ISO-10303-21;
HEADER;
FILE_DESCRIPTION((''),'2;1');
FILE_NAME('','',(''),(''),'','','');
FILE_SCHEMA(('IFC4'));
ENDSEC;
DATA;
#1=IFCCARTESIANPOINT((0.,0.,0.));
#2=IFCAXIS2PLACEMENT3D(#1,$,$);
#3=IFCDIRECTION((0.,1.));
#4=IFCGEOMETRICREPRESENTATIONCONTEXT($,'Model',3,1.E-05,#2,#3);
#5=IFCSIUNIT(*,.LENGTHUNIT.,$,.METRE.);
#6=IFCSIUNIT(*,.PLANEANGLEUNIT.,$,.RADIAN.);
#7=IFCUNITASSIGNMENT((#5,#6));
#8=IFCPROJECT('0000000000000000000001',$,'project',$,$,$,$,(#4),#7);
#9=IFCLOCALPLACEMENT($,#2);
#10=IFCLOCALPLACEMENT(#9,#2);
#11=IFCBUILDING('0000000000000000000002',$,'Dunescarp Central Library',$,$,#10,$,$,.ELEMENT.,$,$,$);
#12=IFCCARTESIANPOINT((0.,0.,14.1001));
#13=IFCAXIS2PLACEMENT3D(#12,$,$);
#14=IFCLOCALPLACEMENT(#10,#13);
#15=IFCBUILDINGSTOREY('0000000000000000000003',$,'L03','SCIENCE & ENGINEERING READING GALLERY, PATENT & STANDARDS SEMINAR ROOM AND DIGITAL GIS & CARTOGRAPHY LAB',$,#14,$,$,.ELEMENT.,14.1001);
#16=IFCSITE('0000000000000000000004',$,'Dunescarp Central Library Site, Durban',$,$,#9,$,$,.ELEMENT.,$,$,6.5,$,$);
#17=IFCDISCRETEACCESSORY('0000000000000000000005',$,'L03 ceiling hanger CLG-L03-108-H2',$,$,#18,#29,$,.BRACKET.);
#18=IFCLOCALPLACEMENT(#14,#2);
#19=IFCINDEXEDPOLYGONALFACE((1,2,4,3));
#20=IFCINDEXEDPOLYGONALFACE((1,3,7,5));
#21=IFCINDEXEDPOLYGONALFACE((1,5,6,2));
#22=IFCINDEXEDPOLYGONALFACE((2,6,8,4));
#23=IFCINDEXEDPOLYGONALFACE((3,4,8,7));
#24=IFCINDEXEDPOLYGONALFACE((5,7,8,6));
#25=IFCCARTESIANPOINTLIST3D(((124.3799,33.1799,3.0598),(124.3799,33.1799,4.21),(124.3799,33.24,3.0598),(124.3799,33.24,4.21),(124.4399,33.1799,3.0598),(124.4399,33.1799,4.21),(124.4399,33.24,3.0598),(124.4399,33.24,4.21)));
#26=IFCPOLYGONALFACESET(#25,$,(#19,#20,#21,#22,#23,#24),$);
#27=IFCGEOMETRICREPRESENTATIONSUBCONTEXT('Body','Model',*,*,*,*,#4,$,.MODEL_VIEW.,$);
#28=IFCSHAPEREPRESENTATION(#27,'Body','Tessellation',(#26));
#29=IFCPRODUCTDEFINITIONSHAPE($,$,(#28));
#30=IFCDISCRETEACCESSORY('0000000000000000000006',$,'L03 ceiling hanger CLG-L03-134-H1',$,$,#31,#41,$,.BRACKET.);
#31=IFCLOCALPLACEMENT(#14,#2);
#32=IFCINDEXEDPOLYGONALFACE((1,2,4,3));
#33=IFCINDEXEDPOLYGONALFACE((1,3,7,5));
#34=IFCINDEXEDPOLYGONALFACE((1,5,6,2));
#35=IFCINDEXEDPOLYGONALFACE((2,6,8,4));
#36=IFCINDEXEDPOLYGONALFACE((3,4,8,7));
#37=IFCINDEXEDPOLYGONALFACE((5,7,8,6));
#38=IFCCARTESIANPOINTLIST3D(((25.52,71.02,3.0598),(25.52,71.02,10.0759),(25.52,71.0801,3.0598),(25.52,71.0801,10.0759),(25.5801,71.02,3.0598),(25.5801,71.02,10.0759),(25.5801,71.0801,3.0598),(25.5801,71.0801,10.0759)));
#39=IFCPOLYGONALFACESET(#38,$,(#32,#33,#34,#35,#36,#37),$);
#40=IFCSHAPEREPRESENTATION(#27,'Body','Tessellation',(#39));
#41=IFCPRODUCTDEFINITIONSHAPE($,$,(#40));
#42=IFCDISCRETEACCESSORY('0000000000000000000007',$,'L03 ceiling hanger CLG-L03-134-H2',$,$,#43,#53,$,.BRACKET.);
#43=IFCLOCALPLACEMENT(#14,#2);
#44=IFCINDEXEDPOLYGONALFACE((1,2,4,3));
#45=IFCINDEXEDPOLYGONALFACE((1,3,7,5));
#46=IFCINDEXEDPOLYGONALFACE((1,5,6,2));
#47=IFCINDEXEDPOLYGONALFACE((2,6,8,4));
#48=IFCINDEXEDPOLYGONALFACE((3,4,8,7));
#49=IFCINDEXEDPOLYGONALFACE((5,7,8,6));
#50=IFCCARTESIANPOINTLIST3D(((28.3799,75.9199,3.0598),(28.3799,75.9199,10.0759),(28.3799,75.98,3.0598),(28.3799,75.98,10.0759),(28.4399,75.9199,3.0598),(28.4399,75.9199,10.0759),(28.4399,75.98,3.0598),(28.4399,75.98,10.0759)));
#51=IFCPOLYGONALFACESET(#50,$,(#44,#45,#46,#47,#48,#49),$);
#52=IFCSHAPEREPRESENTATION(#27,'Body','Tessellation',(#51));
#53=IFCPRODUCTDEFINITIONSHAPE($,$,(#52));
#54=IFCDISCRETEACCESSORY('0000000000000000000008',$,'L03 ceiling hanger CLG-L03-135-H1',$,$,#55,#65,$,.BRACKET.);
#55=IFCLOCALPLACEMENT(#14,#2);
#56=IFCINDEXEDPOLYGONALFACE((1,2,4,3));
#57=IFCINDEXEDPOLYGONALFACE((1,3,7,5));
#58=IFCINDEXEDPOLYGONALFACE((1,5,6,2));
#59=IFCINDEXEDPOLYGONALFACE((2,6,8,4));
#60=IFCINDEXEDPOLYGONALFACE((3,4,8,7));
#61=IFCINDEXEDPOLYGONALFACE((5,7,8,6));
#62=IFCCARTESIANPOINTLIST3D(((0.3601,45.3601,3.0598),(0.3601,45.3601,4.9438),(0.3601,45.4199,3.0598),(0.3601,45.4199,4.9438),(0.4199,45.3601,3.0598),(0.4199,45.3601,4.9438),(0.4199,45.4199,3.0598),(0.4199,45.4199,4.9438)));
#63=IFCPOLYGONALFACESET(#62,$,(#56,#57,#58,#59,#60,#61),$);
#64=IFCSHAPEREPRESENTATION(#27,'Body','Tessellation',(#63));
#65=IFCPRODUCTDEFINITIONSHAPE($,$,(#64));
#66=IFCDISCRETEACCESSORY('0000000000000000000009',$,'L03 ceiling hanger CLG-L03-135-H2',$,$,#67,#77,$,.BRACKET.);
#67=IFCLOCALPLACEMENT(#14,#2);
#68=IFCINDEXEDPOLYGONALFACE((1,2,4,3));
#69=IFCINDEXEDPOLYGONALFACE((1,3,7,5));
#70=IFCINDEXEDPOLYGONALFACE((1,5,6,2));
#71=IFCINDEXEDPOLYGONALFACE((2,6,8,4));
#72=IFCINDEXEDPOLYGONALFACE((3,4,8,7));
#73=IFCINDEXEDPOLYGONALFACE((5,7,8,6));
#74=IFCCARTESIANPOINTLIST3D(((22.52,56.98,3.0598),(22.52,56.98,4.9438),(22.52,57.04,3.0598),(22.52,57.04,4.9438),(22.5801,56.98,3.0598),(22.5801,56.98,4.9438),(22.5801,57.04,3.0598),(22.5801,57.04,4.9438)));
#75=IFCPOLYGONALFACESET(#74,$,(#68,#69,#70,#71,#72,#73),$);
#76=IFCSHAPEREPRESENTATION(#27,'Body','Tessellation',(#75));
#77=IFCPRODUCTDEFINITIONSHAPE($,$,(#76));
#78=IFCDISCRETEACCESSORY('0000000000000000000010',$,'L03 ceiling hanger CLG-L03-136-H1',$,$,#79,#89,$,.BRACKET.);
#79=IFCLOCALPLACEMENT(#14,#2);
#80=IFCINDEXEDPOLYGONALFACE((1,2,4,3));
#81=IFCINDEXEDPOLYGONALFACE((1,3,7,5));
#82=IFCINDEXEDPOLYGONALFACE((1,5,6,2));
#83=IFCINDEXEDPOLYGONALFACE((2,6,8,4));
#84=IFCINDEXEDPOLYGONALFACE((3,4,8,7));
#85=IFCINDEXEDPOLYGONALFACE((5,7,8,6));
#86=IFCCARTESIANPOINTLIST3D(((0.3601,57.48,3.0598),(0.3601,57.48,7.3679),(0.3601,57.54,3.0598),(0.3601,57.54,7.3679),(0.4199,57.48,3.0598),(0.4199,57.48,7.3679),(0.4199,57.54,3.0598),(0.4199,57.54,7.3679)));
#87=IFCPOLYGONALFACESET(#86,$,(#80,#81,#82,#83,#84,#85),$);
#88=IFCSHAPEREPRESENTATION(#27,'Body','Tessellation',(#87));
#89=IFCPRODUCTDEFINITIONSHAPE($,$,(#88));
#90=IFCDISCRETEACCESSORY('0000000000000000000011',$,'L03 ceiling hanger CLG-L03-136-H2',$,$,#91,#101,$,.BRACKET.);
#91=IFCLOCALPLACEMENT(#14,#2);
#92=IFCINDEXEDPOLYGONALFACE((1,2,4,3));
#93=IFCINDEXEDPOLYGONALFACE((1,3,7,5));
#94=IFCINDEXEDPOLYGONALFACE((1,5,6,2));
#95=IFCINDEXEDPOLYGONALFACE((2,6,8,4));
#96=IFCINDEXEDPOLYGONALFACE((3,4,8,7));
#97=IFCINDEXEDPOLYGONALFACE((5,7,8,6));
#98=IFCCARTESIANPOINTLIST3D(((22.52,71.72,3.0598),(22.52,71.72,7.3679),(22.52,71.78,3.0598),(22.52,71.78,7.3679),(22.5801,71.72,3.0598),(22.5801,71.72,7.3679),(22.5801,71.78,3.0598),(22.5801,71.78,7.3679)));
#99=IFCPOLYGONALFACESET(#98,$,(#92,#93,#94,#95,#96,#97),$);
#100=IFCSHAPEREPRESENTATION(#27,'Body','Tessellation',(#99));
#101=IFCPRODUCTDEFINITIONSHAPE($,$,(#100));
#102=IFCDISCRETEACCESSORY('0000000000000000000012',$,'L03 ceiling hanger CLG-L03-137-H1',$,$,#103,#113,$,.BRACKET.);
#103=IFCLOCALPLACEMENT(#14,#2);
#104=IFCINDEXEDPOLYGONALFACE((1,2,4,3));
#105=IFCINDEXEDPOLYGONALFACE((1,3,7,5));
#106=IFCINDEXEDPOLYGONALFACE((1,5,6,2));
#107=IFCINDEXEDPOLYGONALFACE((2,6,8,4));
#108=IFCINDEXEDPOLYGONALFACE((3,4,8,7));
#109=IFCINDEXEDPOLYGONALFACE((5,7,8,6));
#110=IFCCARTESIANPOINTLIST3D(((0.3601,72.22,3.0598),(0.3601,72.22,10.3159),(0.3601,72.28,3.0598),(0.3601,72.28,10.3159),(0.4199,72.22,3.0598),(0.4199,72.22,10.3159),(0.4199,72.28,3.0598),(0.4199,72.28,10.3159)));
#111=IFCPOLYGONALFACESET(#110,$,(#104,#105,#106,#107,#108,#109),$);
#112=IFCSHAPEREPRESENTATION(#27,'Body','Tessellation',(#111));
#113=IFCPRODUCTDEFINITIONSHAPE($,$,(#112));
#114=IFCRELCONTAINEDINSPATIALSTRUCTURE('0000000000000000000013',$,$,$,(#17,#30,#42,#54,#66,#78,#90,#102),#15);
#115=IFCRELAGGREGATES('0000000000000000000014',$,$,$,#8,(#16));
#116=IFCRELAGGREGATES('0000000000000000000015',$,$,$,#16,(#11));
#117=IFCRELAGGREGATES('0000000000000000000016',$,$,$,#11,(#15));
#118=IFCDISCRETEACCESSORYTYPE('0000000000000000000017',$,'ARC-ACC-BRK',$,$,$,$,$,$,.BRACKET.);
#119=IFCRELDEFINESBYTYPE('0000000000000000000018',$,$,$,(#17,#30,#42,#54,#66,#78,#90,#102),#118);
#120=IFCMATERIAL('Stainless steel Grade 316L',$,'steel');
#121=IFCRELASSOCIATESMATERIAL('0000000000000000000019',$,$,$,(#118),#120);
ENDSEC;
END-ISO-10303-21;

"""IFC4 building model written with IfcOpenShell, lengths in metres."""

from ifc_helpers import new_model, si_unit, direction, frame, origin, place, context, subcontext, project, spatial, polyline, outline, extrude, material, type_object, element, save


model = new_model("IFC4")

# Units and contexts
model_context = context("Model", 3, precision=1e-05, world=origin(), true_north=direction((0.0, 1.0)))
body_context = subcontext(model_context, "Body", "Model", "MODEL_VIEW")
ifc_project = project(units=[si_unit("LENGTHUNIT", "METRE"), si_unit("PLANEANGLEUNIT", "RADIAN")], contexts=[model_context])

# Site, building, storey
site_placement = place(None, origin())
site = spatial("IfcSite", under=ifc_project, at=site_placement, Name="Dunescarp Central Library Site, Durban", CompositionType="ELEMENT", RefElevation=6.5)
building_placement = place(site_placement, origin())
building = spatial("IfcBuilding", under=site, at=building_placement, Name="Dunescarp Central Library", CompositionType="ELEMENT")
storey_placement = place(building_placement, frame((0.0, 0.0, 14.1001)))
storey = spatial("IfcBuildingStorey", under=building, at=storey_placement, Name="L03", Description="SCIENCE & ENGINEERING READING GALLERY, PATENT & STANDARDS SEMINAR ROOM AND DIGITAL GIS & CARTOGRAPHY LAB", CompositionType="ELEMENT", Elevation=14.1001)

# Discrete accessories
ifc_material = material(Name="Stainless steel Grade 316L", Category="steel")
discrete_accessory_type = type_object("IfcDiscreteAccessoryType", Name="ARC-ACC-BRK", PredefinedType="BRACKET", material=ifc_material)
discrete_accessory_1_placement = place(storey_placement, frame((0.0, 0.0, 3.0598)))
element("IfcDiscreteAccessory", 1, at=discrete_accessory_1_placement, inside=storey, type_object=discrete_accessory_type, Name="L03 ceiling hanger CLG-L03-108-H2", PredefinedType="BRACKET", context=body_context, shape_type="SweptSolid", body=[
    extrude(outline(polyline([(124.3799, 33.1799), (124.4399, 33.1799), (124.4399, 33.24), (124.3799, 33.24), (124.3799, 33.1799)])), origin(), (0.0, 0.0, 1.0), 1.1501),
])
discrete_accessory_2_placement = place(storey_placement, frame((0.0, 0.0, 3.0598)))
element("IfcDiscreteAccessory", 2, at=discrete_accessory_2_placement, inside=storey, type_object=discrete_accessory_type, Name="L03 ceiling hanger CLG-L03-134-H1", PredefinedType="BRACKET", context=body_context, shape_type="SweptSolid", body=[
    extrude(outline(polyline([(25.52, 71.02), (25.5801, 71.02), (25.5801, 71.0801), (25.52, 71.0801), (25.52, 71.02)])), origin(), (0.0, 0.0, 1.0), 7.0161),
])
discrete_accessory_3_placement = place(storey_placement, frame((0.0, 0.0, 3.0598)))
element("IfcDiscreteAccessory", 3, at=discrete_accessory_3_placement, inside=storey, type_object=discrete_accessory_type, Name="L03 ceiling hanger CLG-L03-134-H2", PredefinedType="BRACKET", context=body_context, shape_type="SweptSolid", body=[
    extrude(outline(polyline([(28.3799, 75.9199), (28.4399, 75.9199), (28.4399, 75.98), (28.3799, 75.98), (28.3799, 75.9199)])), origin(), (0.0, 0.0, 1.0), 7.0161),
])
discrete_accessory_4_placement = place(storey_placement, frame((0.0, 0.0, 3.0598)))
element("IfcDiscreteAccessory", 4, at=discrete_accessory_4_placement, inside=storey, type_object=discrete_accessory_type, Name="L03 ceiling hanger CLG-L03-135-H1", PredefinedType="BRACKET", context=body_context, shape_type="SweptSolid", body=[
    extrude(outline(polyline([(0.3601, 45.3601), (0.4199, 45.3601), (0.4199, 45.4199), (0.3601, 45.4199), (0.3601, 45.3601)])), origin(), (0.0, 0.0, 1.0), 1.884),
])
discrete_accessory_5_placement = place(storey_placement, frame((0.0, 0.0, 3.0598)))
element("IfcDiscreteAccessory", 5, at=discrete_accessory_5_placement, inside=storey, type_object=discrete_accessory_type, Name="L03 ceiling hanger CLG-L03-135-H2", PredefinedType="BRACKET", context=body_context, shape_type="SweptSolid", body=[
    extrude(outline(polyline([(22.52, 56.98), (22.5801, 56.98), (22.5801, 57.04), (22.52, 57.04), (22.52, 56.98)])), origin(), (0.0, 0.0, 1.0), 1.884),
])
discrete_accessory_6_placement = place(storey_placement, frame((0.0, 0.0, 3.0598)))
element("IfcDiscreteAccessory", 6, at=discrete_accessory_6_placement, inside=storey, type_object=discrete_accessory_type, Name="L03 ceiling hanger CLG-L03-136-H1", PredefinedType="BRACKET", context=body_context, shape_type="SweptSolid", body=[
    extrude(outline(polyline([(0.3601, 57.48), (0.4199, 57.48), (0.4199, 57.54), (0.3601, 57.54), (0.3601, 57.48)])), origin(), (0.0, 0.0, 1.0), 4.3081),
])
discrete_accessory_7_placement = place(storey_placement, frame((0.0, 0.0, 3.0598)))
element("IfcDiscreteAccessory", 7, at=discrete_accessory_7_placement, inside=storey, type_object=discrete_accessory_type, Name="L03 ceiling hanger CLG-L03-136-H2", PredefinedType="BRACKET", context=body_context, shape_type="SweptSolid", body=[
    extrude(outline(polyline([(22.52, 71.72), (22.5801, 71.72), (22.5801, 71.78), (22.52, 71.78), (22.52, 71.72)])), origin(), (0.0, 0.0, 1.0), 4.3081),
])
discrete_accessory_8_placement = place(storey_placement, frame((0.0, 0.0, 3.0598)))
element("IfcDiscreteAccessory", 8, at=discrete_accessory_8_placement, inside=storey, type_object=discrete_accessory_type, Name="L03 ceiling hanger CLG-L03-137-H1", PredefinedType="BRACKET", context=body_context, shape_type="SweptSolid", body=[
    extrude(outline(polyline([(0.3601, 72.22), (0.4199, 72.22), (0.4199, 72.28), (0.3601, 72.28), (0.3601, 72.22)])), origin(), (0.0, 0.0, 1.0), 7.2561),
])

save(model, "model.ifc")
